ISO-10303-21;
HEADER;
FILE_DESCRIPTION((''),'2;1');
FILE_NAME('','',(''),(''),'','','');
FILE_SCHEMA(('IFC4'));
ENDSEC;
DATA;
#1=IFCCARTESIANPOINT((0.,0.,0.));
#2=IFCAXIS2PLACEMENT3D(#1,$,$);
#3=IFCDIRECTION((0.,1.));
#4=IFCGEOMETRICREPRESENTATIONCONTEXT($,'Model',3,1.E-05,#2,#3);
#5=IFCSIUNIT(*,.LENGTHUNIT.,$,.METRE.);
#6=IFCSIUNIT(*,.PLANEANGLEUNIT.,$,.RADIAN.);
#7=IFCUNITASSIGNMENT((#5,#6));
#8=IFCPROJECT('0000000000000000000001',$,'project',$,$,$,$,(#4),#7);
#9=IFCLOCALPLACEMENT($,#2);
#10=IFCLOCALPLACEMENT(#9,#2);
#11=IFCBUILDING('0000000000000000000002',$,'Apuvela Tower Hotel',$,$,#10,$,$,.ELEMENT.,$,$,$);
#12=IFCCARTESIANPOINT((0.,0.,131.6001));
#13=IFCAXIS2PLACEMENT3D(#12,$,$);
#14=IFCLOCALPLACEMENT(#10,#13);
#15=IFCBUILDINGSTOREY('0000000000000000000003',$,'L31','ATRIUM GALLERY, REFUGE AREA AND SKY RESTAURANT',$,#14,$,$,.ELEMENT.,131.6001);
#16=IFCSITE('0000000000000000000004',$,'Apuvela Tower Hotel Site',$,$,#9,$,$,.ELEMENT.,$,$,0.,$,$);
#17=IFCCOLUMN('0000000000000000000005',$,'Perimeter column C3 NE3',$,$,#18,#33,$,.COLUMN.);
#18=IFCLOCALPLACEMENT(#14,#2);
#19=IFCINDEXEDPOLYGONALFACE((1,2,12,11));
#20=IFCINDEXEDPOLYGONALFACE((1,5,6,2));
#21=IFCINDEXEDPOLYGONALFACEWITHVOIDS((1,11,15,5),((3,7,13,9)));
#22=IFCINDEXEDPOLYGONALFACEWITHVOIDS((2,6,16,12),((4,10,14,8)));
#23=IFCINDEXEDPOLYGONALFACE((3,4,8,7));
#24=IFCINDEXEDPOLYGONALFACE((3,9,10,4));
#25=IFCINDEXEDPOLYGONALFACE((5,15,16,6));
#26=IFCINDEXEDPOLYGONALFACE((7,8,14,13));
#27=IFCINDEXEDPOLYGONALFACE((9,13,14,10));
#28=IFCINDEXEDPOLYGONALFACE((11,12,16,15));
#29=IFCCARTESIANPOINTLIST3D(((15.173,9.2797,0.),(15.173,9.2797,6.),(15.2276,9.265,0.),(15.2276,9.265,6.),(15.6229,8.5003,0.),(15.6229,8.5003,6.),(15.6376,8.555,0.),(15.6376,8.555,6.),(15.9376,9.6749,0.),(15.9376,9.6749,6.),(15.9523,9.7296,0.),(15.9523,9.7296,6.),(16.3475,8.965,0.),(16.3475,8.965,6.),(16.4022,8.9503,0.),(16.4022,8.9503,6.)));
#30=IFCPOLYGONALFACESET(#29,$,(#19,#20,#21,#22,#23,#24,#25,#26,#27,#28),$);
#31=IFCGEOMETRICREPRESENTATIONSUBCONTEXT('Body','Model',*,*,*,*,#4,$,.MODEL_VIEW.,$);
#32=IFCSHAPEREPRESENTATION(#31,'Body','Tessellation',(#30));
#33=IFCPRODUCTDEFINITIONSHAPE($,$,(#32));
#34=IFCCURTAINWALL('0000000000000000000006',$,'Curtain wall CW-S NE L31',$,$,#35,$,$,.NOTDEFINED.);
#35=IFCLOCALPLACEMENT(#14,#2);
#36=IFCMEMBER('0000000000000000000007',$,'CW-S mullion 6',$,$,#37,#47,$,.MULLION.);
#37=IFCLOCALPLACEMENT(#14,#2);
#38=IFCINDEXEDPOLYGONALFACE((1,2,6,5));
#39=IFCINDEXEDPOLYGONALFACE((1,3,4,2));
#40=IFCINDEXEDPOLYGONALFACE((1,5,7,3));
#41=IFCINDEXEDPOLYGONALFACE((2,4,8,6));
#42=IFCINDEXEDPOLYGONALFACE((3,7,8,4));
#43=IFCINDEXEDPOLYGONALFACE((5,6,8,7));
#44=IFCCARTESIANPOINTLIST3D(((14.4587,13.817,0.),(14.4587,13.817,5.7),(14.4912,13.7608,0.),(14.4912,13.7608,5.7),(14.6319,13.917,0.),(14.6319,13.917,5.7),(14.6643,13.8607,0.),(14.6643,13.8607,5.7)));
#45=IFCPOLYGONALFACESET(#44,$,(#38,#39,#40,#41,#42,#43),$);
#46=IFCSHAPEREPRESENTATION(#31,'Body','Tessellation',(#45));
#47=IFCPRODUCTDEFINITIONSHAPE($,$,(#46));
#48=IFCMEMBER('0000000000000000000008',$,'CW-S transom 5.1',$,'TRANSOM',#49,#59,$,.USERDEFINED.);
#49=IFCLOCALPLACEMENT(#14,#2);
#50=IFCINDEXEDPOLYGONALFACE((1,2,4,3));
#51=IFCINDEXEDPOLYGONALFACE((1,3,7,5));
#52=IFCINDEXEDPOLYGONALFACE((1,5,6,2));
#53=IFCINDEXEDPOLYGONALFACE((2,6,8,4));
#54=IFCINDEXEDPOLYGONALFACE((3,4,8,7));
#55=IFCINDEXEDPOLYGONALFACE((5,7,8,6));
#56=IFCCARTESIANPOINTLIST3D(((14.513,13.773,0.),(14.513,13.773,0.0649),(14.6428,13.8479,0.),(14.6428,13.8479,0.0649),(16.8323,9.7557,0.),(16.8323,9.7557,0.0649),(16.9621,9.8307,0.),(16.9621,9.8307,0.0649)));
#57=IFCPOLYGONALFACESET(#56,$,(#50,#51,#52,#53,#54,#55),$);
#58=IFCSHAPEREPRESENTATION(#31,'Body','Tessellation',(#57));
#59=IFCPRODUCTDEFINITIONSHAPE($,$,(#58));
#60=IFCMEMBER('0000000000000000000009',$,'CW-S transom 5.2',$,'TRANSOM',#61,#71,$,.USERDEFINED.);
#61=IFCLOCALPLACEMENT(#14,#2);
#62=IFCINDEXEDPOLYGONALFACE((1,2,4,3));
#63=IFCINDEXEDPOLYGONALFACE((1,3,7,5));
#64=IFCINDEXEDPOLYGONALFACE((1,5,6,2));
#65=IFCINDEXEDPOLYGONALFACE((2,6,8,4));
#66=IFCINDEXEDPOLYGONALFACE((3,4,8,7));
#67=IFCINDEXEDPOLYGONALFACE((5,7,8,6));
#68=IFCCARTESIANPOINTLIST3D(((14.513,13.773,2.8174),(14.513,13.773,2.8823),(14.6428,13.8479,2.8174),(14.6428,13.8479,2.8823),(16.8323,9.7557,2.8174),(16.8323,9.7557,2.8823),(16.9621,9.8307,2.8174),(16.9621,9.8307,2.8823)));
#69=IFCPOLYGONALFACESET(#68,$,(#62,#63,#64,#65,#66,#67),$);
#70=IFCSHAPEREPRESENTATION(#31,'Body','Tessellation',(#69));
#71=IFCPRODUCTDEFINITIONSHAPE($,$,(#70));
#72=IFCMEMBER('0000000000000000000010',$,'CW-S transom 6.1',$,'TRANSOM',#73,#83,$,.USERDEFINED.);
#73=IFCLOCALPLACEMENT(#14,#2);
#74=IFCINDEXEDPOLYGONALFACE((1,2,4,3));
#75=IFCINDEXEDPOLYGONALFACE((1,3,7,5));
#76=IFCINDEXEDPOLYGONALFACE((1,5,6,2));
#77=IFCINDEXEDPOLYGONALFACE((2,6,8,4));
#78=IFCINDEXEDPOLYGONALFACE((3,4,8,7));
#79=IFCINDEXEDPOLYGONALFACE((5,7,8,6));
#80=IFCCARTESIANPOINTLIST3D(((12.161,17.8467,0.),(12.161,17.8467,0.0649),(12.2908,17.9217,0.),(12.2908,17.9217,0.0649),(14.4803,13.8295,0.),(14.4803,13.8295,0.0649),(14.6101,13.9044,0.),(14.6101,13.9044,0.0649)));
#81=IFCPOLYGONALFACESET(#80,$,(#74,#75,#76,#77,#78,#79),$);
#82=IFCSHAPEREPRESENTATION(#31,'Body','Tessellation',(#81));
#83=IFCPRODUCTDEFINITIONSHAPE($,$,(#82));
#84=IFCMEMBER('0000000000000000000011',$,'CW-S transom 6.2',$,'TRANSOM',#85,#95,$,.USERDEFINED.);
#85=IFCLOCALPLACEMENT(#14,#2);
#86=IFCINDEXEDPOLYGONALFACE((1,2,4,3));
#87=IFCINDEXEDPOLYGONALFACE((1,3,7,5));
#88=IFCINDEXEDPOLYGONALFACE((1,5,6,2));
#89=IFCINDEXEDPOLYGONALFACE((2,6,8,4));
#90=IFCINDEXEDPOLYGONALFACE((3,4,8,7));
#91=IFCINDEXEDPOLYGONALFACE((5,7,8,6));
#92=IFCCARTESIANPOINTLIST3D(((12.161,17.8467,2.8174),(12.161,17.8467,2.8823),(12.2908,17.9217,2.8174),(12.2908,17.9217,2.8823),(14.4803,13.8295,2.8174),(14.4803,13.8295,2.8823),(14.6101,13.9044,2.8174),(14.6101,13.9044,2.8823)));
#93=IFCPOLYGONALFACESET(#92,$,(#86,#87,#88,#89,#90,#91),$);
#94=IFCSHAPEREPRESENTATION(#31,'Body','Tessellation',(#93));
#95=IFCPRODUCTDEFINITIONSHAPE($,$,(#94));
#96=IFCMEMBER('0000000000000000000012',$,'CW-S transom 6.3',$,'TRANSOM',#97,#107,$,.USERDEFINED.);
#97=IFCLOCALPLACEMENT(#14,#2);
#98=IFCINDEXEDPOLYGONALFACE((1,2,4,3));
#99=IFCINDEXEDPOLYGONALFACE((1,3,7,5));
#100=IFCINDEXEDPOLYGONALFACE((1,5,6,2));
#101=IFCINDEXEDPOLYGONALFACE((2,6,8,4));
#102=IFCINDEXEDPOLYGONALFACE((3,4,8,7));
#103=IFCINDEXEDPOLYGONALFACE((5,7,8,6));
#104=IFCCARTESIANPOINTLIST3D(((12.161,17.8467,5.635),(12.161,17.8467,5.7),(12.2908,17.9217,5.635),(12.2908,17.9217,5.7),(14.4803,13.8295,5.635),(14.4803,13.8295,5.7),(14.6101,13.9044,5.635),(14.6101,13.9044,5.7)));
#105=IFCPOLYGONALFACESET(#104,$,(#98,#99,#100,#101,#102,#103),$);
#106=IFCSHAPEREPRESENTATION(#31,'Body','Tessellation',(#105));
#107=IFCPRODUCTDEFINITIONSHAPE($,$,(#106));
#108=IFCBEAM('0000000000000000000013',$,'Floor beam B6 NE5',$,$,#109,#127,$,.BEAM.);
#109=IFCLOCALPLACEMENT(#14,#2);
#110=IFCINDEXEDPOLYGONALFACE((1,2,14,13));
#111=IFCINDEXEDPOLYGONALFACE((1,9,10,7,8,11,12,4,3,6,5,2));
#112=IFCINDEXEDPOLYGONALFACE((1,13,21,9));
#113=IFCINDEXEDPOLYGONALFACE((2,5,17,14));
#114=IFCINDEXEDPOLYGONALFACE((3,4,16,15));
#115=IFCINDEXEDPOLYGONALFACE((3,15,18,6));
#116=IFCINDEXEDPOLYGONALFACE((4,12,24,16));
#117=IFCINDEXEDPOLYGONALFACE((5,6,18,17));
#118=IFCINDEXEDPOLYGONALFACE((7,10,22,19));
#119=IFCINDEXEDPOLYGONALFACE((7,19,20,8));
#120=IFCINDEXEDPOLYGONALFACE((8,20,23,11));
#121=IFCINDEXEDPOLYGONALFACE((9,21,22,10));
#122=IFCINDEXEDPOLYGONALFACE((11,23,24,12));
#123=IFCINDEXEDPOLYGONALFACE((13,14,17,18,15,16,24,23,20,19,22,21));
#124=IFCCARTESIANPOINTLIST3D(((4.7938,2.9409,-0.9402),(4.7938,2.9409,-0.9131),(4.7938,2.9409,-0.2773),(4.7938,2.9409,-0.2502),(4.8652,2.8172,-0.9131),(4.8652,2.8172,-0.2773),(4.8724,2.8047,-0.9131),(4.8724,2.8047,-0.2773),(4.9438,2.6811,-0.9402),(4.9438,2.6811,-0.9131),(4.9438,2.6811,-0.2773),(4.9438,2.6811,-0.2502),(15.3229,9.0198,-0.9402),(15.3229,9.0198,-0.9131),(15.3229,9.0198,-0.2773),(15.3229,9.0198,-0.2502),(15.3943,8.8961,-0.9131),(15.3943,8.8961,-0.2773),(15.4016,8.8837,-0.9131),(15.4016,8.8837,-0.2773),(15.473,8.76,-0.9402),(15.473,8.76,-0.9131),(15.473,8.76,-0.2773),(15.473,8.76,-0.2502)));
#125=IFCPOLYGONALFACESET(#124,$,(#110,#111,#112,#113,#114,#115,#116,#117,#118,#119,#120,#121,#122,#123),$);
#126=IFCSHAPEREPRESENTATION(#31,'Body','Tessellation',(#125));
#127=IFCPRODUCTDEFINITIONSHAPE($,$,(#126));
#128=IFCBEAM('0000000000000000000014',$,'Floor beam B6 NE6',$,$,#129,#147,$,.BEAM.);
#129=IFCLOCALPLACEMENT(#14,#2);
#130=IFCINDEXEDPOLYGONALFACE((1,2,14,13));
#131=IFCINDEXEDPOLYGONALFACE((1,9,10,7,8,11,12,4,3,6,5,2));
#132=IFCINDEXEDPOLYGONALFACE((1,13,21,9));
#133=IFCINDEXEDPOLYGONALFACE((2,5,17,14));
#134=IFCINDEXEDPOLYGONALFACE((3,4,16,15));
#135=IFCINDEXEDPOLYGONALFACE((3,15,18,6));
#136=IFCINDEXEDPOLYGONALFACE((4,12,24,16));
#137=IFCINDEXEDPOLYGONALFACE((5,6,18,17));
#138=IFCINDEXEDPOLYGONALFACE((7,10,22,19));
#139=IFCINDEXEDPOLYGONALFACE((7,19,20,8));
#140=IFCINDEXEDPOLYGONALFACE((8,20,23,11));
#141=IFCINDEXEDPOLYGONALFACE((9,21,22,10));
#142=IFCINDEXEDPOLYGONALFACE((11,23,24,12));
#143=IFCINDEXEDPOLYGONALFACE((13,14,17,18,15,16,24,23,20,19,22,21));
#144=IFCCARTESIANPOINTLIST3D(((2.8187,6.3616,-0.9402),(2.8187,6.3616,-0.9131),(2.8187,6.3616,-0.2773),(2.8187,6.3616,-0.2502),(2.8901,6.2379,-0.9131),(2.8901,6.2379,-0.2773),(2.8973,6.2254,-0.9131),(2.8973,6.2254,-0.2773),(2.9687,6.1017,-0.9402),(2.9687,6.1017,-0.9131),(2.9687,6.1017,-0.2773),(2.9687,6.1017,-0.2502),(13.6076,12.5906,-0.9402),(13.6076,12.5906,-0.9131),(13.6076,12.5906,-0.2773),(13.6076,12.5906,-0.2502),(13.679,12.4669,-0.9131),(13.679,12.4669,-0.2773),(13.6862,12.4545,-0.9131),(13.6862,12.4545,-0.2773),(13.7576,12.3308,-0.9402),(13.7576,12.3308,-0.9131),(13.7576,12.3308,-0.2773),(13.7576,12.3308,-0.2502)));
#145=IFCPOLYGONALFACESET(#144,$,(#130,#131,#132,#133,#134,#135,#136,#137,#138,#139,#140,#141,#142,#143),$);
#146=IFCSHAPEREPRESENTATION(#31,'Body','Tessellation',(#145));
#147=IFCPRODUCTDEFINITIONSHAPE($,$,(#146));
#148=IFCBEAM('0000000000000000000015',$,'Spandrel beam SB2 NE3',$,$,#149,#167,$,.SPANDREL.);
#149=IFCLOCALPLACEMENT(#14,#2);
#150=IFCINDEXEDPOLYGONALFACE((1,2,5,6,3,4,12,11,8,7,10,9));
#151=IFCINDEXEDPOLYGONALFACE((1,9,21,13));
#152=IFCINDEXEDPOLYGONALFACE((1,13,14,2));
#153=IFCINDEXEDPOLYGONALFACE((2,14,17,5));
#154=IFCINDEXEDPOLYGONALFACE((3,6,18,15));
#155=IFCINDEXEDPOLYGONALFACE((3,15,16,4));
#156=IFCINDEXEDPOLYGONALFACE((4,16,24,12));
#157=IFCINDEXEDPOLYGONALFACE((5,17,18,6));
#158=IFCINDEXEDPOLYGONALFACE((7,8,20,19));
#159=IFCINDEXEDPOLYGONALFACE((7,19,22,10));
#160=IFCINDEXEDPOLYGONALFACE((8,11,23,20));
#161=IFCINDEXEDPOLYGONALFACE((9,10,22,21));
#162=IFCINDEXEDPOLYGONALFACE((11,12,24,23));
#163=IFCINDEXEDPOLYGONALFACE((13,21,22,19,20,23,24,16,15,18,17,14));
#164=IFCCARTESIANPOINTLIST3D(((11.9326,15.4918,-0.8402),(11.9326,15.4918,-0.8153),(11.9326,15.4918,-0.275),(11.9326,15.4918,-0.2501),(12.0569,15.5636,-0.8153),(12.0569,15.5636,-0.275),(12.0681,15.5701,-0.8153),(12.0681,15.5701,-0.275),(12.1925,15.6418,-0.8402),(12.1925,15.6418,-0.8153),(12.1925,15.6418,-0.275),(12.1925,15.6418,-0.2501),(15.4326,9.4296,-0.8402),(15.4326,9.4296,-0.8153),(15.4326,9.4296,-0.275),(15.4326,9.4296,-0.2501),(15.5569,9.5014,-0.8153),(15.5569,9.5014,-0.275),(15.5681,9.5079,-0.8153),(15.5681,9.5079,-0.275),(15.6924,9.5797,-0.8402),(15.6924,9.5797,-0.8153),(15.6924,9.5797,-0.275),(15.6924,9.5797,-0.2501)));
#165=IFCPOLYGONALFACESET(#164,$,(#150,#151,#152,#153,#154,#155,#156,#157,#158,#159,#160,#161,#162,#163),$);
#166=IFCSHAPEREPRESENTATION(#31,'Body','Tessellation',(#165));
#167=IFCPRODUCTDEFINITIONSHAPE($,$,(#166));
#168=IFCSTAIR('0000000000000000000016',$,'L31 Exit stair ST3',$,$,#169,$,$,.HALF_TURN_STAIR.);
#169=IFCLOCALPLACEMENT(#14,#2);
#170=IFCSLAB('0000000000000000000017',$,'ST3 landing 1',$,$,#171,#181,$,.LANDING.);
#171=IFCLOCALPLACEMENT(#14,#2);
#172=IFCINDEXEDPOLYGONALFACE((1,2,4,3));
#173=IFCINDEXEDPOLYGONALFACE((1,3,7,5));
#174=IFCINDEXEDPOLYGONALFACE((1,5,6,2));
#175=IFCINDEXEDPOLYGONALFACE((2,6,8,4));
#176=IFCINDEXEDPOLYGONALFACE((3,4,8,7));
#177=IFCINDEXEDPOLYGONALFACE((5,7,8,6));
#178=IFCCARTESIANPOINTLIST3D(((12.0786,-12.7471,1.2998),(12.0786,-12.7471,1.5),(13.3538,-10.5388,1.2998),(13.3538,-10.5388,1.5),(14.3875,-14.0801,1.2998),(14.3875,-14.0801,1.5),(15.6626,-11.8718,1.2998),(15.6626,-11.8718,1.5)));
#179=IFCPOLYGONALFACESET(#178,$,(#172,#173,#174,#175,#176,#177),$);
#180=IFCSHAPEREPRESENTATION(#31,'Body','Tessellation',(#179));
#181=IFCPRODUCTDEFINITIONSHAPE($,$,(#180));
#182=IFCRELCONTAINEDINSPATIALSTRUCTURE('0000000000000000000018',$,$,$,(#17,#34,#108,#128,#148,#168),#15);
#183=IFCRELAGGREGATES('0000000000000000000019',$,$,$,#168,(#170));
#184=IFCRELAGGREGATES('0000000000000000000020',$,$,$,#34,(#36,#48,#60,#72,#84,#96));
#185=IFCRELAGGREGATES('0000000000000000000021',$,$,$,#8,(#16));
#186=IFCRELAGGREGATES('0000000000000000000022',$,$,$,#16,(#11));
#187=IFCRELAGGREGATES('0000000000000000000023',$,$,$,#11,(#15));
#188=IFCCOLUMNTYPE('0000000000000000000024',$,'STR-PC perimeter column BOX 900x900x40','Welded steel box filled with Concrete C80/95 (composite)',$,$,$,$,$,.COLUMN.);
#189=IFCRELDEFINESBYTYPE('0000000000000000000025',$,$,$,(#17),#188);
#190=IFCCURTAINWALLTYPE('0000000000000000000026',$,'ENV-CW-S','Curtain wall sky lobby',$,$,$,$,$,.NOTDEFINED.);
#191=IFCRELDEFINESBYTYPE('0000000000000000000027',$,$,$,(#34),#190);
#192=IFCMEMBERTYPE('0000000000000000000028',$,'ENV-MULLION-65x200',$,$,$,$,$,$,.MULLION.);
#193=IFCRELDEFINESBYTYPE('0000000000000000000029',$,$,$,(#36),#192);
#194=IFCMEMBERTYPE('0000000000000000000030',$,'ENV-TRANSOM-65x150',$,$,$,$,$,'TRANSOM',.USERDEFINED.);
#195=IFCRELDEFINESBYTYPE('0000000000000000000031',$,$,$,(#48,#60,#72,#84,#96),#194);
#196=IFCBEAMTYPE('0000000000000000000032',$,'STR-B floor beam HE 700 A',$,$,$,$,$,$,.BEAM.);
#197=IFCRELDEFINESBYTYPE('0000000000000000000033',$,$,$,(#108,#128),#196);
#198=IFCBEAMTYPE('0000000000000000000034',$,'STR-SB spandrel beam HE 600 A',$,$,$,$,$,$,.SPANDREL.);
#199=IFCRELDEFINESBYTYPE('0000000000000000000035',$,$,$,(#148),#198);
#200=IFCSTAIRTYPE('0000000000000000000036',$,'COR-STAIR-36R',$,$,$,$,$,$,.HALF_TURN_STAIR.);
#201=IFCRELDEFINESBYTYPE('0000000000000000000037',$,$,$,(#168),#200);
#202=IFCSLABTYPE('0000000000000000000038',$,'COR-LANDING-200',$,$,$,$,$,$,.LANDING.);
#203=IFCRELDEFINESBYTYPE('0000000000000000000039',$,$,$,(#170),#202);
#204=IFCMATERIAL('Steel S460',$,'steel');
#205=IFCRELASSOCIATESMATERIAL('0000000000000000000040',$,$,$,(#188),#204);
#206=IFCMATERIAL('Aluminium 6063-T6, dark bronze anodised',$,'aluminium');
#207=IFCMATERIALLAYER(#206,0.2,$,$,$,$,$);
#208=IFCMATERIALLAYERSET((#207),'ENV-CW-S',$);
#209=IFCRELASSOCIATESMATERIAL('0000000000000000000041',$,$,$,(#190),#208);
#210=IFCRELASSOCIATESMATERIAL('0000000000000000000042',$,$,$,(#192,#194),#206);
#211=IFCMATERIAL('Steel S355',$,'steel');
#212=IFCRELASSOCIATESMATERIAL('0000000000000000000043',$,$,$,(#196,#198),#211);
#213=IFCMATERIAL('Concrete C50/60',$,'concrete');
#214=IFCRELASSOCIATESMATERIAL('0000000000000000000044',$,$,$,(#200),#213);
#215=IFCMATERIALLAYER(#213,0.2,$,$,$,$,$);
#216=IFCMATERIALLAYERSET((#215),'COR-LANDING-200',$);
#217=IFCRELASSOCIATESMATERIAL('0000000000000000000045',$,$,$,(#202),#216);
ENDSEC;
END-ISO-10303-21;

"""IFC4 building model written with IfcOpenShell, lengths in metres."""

from ifc_helpers import new_model, si_unit, direction, frame, origin, origin_2d, place, context, subcontext, project, spatial, polyline, rectangle, hollow_rectangle, i_section, outline, extrude, material, layer, layer_set, material_profile, profile_set, type_object, element, aggregate, save


model = new_model("IFC4")

# Units and contexts
model_context = context("Model", 3, precision=1e-05, world=origin(), true_north=direction((0.0, 1.0)))
body_context = subcontext(model_context, "Body", "Model", "MODEL_VIEW")
ifc_project = project(units=[si_unit("LENGTHUNIT", "METRE"), si_unit("PLANEANGLEUNIT", "RADIAN")], contexts=[model_context])

# Site, building, storey
site_placement = place(None, origin())
site = spatial("IfcSite", under=ifc_project, at=site_placement, Name="Apuvela Tower Hotel Site", CompositionType="ELEMENT", RefElevation=0.0)
building_placement = place(site_placement, origin())
building = spatial("IfcBuilding", under=site, at=building_placement, Name="Apuvela Tower Hotel", CompositionType="ELEMENT")
storey_placement = place(building_placement, frame((0.0, 0.0, 131.6001)))
storey = spatial("IfcBuildingStorey", under=building, at=storey_placement, Name="L31", Description="ATRIUM GALLERY, REFUGE AREA AND SKY RESTAURANT", CompositionType="ELEMENT", Elevation=131.6001)

# Column
ifc_material_1 = material(Name="Steel S460", Category="steel")
ifc_material_profile_1 = material_profile(ifc_material_1, hollow_rectangle(XDim=0.8999, YDim=0.8999, WallThickness=0.04, at=origin_2d()), Name="BOX 900x900x40")
ifc_material_2 = material(Name="Concrete C80/95", Category="concrete")
ifc_material_profile_2 = material_profile(ifc_material_2, rectangle(XDim=0.8201, YDim=0.8201, at=origin_2d()), Name="Concrete C80/95 infill")
ifc_profile_set_1 = profile_set([ifc_material_profile_1, ifc_material_profile_2], Name="Steel S460")
column_type = type_object("IfcColumnType", Name="STR-PC perimeter column BOX 900x900x40", Description="Welded steel box filled with Concrete C80/95 (composite)", PredefinedType="COLUMN", material=ifc_profile_set_1)
column_placement = place(storey_placement, frame((15.7876, 9.115, 0.0), z_axis=(0.0, 0.0, 1.0), x_axis=(-0.5, 0.866025, 0.0)))
element("IfcColumn", 1, at=column_placement, inside=storey, type_object=column_type, Name="Perimeter column C3 NE3", PredefinedType="COLUMN", context=body_context, shape_type="SweptSolid", body=[
    extrude(hollow_rectangle(XDim=0.8999, YDim=0.8999, WallThickness=0.04, at=origin_2d()), origin(), (0.0, 0.0, 1.0), 6.0),
])

# Curtain wall, members
ifc_material_3 = material(Name="Aluminium 6063-T6, dark bronze anodised", Category="aluminium")
ifc_layer_1 = layer(ifc_material_3, 0.2)
ifc_layer_set_1 = layer_set([ifc_layer_1], Name="ENV-CW-S")
curtain_wall_type = type_object("IfcCurtainWallType", Name="ENV-CW-S", Description="Curtain wall sky lobby", PredefinedType="NOTDEFINED", material=ifc_layer_set_1)
curtain_wall_placement = place(storey_placement, origin())
curtain_wall = element("IfcCurtainWall", 2, at=curtain_wall_placement, inside=storey, type_object=curtain_wall_type, Name="Curtain wall CW-S NE L31", PredefinedType="NOTDEFINED")
ifc_material_profile_3 = material_profile(ifc_material_3, rectangle(XDim=0.2, YDim=0.0649, at=origin_2d()), Name="AL 65x200")
ifc_profile_set_2 = profile_set([ifc_material_profile_3], Name="Aluminium 6063-T6, dark bronze anodised")
member_type_1 = type_object("IfcMemberType", Name="ENV-MULLION-65x200", PredefinedType="MULLION", material=ifc_profile_set_2)
member_1_placement = place(storey_placement, frame((14.5615, 13.8389, 0.0), z_axis=(0.0, 0.0, 1.0), x_axis=(-0.866026, -0.499999, 0.0)))
member_1 = element("IfcMember", 3, at=member_1_placement, type_object=member_type_1, Name="CW-S mullion 6", PredefinedType="MULLION", context=body_context, shape_type="SweptSolid", body=[
    extrude(rectangle(XDim=0.2, YDim=0.0649, at=origin_2d()), origin(), (0.0, 0.0, 1.0), 5.7),
])
ifc_material_profile_4 = material_profile(ifc_material_3, rectangle(XDim=0.1499, YDim=0.0649, at=origin_2d()), Name="AL 65x150 transom")
ifc_profile_set_3 = profile_set([ifc_material_profile_4], Name="Aluminium 6063-T6, dark bronze anodised")
member_type_2 = type_object("IfcMemberType", Name="ENV-TRANSOM-65x150", ElementType="TRANSOM", PredefinedType="USERDEFINED", material=ifc_profile_set_3)
member_2_placement = place(storey_placement, frame((16.8972, 9.7932, 0.0325), z_axis=(-0.499988, 0.866032, 0.0), x_axis=(-0.866032, -0.499988, 0.0)))
member_2 = element("IfcMember", 4, at=member_2_placement, type_object=member_type_2, Name="CW-S transom 5.1", ObjectType="TRANSOM", PredefinedType="USERDEFINED", context=body_context, shape_type="SweptSolid", body=[
    extrude(rectangle(XDim=0.1499, YDim=0.0649, at=origin_2d()), origin(), (0.0, 0.0, 1.0), 4.6387),
])
member_3_placement = place(storey_placement, frame((16.8972, 9.7932, 2.8499), z_axis=(-0.499988, 0.866032, 0.0), x_axis=(-0.866032, -0.499988, 0.0)))
member_3 = element("IfcMember", 5, at=member_3_placement, type_object=member_type_2, Name="CW-S transom 5.2", ObjectType="TRANSOM", PredefinedType="USERDEFINED", context=body_context, shape_type="SweptSolid", body=[
    extrude(rectangle(XDim=0.1499, YDim=0.0649, at=origin_2d()), origin(), (0.0, 0.0, 1.0), 4.6387),
])
member_4_placement = place(storey_placement, frame((14.5452, 13.8669, 0.0325), z_axis=(-0.499988, 0.866032, 0.0), x_axis=(-0.866032, -0.499988, 0.0)))
member_4 = element("IfcMember", 6, at=member_4_placement, type_object=member_type_2, Name="CW-S transom 6.1", ObjectType="TRANSOM", PredefinedType="USERDEFINED", context=body_context, shape_type="SweptSolid", body=[
    extrude(rectangle(XDim=0.1499, YDim=0.0649, at=origin_2d()), origin(), (0.0, 0.0, 1.0), 4.6387),
])
member_5_placement = place(storey_placement, frame((14.5452, 13.8669, 2.8499), z_axis=(-0.499988, 0.866032, 0.0), x_axis=(-0.866032, -0.499988, 0.0)))
member_5 = element("IfcMember", 7, at=member_5_placement, type_object=member_type_2, Name="CW-S transom 6.2", ObjectType="TRANSOM", PredefinedType="USERDEFINED", context=body_context, shape_type="SweptSolid", body=[
    extrude(rectangle(XDim=0.1499, YDim=0.0649, at=origin_2d()), origin(), (0.0, 0.0, 1.0), 4.6387),
])
member_6_placement = place(storey_placement, frame((14.5452, 13.8669, 5.6675), z_axis=(-0.499988, 0.866032, 0.0), x_axis=(-0.866032, -0.499988, 0.0)))
member_6 = element("IfcMember", 8, at=member_6_placement, type_object=member_type_2, Name="CW-S transom 6.3", ObjectType="TRANSOM", PredefinedType="USERDEFINED", context=body_context, shape_type="SweptSolid", body=[
    extrude(rectangle(XDim=0.1499, YDim=0.0649, at=origin_2d()), origin(), (0.0, 0.0, 1.0), 4.6387),
])

# Beams
ifc_material_4 = material(Name="Steel S355", Category="steel")
ifc_material_profile_5 = material_profile(ifc_material_4, i_section(OverallWidth=0.3, OverallDepth=0.6899, WebThickness=0.0144, FlangeThickness=0.0271, at=origin_2d()), Name="HE 700 A")
ifc_profile_set_4 = profile_set([ifc_material_profile_5], Name="Steel S355")
beam_type_1 = type_object("IfcBeamType", Name="STR-B floor beam HE 700 A", PredefinedType="BEAM", material=ifc_profile_set_4)
beam_1_placement = place(storey_placement, frame((15.3979, 8.8899, -0.5952), z_axis=(-0.866029, -0.499994, 0.0), x_axis=(0.499994, -0.866029, 0.0)))
element("IfcBeam", 9, at=beam_1_placement, inside=storey, type_object=beam_type_1, Name="Floor beam B6 NE5", PredefinedType="BEAM", context=body_context, shape_type="SweptSolid", body=[
    extrude(i_section(OverallWidth=0.3, OverallDepth=0.6899, WebThickness=0.0144, FlangeThickness=0.0271, at=origin_2d()), origin(), (0.0, 0.0, 1.0), 12.158),
])
beam_2_placement = place(storey_placement, frame((13.6826, 12.4607, -0.5952), z_axis=(-0.866023, -0.500005, 0.0), x_axis=(0.500005, -0.866023, 0.0)))
element("IfcBeam", 10, at=beam_2_placement, inside=storey, type_object=beam_type_1, Name="Floor beam B6 NE6", PredefinedType="BEAM", context=body_context, shape_type="SweptSolid", body=[
    extrude(i_section(OverallWidth=0.3, OverallDepth=0.6899, WebThickness=0.0144, FlangeThickness=0.0271, at=origin_2d()), origin(), (0.0, 0.0, 1.0), 12.458),
])
ifc_material_profile_6 = material_profile(ifc_material_4, i_section(OverallWidth=0.3, OverallDepth=0.5901, WebThickness=0.0129, FlangeThickness=0.0249, at=origin_2d()), Name="HE 600 A")
ifc_profile_set_5 = profile_set([ifc_material_profile_6], Name="Steel S355")
beam_type_2 = type_object("IfcBeamType", Name="STR-SB spandrel beam HE 600 A", PredefinedType="SPANDREL", material=ifc_profile_set_5)
beam_3_placement = place(storey_placement, frame((15.5625, 9.5046, -0.5452), z_axis=(-0.499995, 0.866028, 0.0), x_axis=(-0.866028, -0.499995, 0.0)))
element("IfcBeam", 11, at=beam_3_placement, inside=storey, type_object=beam_type_2, Name="Spandrel beam SB2 NE3", PredefinedType="SPANDREL", context=body_context, shape_type="SweptSolid", body=[
    extrude(i_section(OverallWidth=0.3, OverallDepth=0.5901, WebThickness=0.0129, FlangeThickness=0.0249, at=origin_2d()), origin(), (0.0, 0.0, 1.0), 7.0),
])

# Stair, slab
ifc_material_5 = material(Name="Concrete C50/60", Category="concrete")
stair_type = type_object("IfcStairType", Name="COR-STAIR-36R", PredefinedType="HALF_TURN_STAIR", material=ifc_material_5)
stair_placement = place(storey_placement, origin())
stair = element("IfcStair", 12, at=stair_placement, inside=storey, type_object=stair_type, Name="L31 Exit stair ST3", PredefinedType="HALF_TURN_STAIR")
ifc_layer_2 = layer(ifc_material_5, 0.2)
ifc_layer_set_2 = layer_set([ifc_layer_2], Name="COR-LANDING-200")
slab_type = type_object("IfcSlabType", Name="COR-LANDING-200", PredefinedType="LANDING", material=ifc_layer_set_2)
slab_1_placement = place(storey_placement, frame((0.0, 0.0, 1.2998)))
slab_1 = element("IfcSlab", 13, at=slab_1_placement, type_object=slab_type, Name="ST3 landing 1", PredefinedType="LANDING", context=body_context, shape_type="SweptSolid", body=[
    extrude(outline(polyline([(12.0786, -12.7471), (14.3875, -14.0801), (15.6626, -11.8718), (13.3538, -10.5388), (12.0786, -12.7471)])), origin(), (0.0, 0.0, 1.0), 0.2002),
])
aggregate(stair, [slab_1])

aggregate(curtain_wall, [member_1, member_2, member_3, member_4, member_5, member_6])

save(model, "model.ifc")
